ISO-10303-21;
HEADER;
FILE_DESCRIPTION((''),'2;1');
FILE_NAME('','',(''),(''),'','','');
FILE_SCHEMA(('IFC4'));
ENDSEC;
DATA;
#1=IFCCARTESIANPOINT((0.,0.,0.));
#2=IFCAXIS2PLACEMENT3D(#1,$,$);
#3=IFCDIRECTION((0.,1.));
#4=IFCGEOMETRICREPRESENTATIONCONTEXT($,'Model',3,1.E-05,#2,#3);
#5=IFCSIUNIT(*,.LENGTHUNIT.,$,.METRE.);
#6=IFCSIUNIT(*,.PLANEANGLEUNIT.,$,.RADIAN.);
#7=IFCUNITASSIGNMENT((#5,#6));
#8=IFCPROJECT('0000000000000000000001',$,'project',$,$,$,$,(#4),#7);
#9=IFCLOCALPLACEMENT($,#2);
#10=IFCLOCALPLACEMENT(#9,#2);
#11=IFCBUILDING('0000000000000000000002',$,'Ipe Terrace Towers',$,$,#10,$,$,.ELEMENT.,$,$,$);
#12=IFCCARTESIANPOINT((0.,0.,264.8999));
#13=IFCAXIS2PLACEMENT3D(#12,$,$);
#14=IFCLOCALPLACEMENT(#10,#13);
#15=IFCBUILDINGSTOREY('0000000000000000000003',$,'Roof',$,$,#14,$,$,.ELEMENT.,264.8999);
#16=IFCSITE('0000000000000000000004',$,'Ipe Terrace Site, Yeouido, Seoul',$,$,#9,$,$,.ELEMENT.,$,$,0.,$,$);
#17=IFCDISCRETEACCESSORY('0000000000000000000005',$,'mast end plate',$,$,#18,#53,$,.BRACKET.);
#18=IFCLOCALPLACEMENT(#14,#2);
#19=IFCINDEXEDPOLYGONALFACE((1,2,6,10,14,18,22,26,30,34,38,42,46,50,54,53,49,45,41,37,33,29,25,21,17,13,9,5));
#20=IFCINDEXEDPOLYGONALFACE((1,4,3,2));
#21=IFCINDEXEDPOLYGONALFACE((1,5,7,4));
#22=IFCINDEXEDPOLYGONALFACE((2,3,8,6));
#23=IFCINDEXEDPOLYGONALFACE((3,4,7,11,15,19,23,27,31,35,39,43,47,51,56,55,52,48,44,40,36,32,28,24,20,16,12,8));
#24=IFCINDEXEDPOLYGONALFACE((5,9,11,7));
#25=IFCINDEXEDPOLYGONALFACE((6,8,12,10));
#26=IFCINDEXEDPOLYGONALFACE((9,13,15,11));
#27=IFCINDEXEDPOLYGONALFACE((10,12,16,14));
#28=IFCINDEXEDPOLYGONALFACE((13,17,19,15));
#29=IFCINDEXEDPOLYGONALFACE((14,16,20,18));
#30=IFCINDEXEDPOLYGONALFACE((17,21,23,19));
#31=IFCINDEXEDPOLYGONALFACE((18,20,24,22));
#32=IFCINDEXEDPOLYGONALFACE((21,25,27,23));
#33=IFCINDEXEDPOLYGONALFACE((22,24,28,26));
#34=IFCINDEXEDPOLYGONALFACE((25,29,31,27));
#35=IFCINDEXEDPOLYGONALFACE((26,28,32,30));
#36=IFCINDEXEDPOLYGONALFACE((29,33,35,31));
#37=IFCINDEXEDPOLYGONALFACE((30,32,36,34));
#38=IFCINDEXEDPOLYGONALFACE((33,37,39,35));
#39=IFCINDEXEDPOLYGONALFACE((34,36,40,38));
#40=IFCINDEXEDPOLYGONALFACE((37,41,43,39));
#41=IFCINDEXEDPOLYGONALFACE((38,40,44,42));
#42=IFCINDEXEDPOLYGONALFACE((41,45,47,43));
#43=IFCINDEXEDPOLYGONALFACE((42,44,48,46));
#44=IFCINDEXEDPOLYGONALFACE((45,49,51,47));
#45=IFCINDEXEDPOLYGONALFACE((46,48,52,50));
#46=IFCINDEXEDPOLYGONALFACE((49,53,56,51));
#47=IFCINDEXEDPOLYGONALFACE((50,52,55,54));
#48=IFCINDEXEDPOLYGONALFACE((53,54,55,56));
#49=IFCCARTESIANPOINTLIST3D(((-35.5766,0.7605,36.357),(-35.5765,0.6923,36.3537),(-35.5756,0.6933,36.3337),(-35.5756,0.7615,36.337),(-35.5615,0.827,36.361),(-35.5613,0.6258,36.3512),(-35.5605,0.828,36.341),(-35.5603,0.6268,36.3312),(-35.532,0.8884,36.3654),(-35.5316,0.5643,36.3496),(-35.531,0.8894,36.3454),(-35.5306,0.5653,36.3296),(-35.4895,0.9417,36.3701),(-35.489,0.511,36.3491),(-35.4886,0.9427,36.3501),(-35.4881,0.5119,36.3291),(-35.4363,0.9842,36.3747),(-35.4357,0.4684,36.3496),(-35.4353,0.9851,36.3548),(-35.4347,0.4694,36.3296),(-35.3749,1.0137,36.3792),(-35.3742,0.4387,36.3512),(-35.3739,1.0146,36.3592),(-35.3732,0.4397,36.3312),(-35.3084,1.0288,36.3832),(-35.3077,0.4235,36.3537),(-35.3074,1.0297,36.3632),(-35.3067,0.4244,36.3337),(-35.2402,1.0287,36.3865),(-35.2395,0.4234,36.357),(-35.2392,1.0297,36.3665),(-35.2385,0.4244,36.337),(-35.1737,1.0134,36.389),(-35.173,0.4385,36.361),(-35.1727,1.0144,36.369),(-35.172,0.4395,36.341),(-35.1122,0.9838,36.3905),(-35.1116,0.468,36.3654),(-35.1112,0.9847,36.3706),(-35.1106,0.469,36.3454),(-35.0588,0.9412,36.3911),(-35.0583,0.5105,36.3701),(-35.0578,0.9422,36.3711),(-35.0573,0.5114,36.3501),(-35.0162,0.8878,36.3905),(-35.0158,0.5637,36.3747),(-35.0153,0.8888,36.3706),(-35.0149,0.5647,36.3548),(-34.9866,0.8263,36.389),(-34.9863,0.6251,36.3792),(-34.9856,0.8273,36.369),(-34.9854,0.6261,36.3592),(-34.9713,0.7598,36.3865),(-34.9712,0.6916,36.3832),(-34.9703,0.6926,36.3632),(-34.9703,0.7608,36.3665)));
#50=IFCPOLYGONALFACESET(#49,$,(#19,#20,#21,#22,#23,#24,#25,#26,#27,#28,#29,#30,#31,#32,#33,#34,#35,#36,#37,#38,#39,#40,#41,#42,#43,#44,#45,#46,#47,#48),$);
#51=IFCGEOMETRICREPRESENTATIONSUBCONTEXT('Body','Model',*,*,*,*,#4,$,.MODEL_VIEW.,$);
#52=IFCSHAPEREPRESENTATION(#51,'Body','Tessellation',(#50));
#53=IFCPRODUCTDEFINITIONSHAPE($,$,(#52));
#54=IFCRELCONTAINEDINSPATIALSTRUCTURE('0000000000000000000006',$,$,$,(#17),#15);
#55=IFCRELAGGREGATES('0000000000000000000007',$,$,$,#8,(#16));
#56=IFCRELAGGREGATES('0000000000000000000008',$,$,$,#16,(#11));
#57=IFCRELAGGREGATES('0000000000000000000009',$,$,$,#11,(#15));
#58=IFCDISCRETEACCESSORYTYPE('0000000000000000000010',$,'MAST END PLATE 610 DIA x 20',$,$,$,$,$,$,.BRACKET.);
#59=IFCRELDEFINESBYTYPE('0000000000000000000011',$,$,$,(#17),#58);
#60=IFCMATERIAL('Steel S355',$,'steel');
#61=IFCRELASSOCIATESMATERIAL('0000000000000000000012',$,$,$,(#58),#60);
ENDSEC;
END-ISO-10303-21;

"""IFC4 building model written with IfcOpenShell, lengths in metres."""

from ifc_helpers import new_model, si_unit, direction, frame, origin, origin_2d, place, context, subcontext, project, spatial, circle, extrude, material, material_profile, profile_set, type_object, element, save


model = new_model("IFC4")

# Units and contexts
model_context = context("Model", 3, precision=1e-05, world=origin(), true_north=direction((0.0, 1.0)))
body_context = subcontext(model_context, "Body", "Model", "MODEL_VIEW")
ifc_project = project(units=[si_unit("LENGTHUNIT", "METRE"), si_unit("PLANEANGLEUNIT", "RADIAN")], contexts=[model_context])

# Site, building, storey
site_placement = place(None, origin())
site = spatial("IfcSite", under=ifc_project, at=site_placement, Name="Ipe Terrace Site, Yeouido, Seoul", CompositionType="ELEMENT", RefElevation=0.0)
building_placement = place(site_placement, origin())
building = spatial("IfcBuilding", under=site, at=building_placement, Name="Ipe Terrace Towers", CompositionType="ELEMENT")
storey_placement = place(building_placement, frame((0.0, 0.0, 264.8999)))
storey = spatial("IfcBuildingStorey", under=building, at=storey_placement, Name="Roof", CompositionType="ELEMENT", Elevation=264.8999)

# Discrete accessory
ifc_material_1 = material(Name="Steel S355", Category="steel")
ifc_material_profile_1 = material_profile(ifc_material_1, circle(Radius=0.3049, at=origin_2d()), Name="MAST END PLATE 610 DIA x 20")
ifc_profile_set_1 = profile_set([ifc_material_profile_1], Name="Steel S355")
discrete_accessory_type_1 = type_object("IfcDiscreteAccessoryType", Name="MAST END PLATE 610 DIA x 20", PredefinedType="BRACKET", material=ifc_profile_set_1)
for number, where, z_axis, x_axis, name in (
    (1, (-35.2729, 0.7271, 36.3501), (-0.048665, -0.048665, 0.997629), (0.707107, -0.707107, 0.0), "mast end plate"),
):
    element("IfcDiscreteAccessory", number, at=place(storey_placement, frame(where, z_axis=z_axis, x_axis=x_axis)), inside=storey, type_object=discrete_accessory_type_1, Name=name, PredefinedType="BRACKET", context=body_context, shape_type="SweptSolid", body=[
        extrude(circle(Radius=0.3049, at=origin_2d()), origin(), (0.0, 0.0, 1.0), 0.02),
    ])

save(model, "model.ifc")
